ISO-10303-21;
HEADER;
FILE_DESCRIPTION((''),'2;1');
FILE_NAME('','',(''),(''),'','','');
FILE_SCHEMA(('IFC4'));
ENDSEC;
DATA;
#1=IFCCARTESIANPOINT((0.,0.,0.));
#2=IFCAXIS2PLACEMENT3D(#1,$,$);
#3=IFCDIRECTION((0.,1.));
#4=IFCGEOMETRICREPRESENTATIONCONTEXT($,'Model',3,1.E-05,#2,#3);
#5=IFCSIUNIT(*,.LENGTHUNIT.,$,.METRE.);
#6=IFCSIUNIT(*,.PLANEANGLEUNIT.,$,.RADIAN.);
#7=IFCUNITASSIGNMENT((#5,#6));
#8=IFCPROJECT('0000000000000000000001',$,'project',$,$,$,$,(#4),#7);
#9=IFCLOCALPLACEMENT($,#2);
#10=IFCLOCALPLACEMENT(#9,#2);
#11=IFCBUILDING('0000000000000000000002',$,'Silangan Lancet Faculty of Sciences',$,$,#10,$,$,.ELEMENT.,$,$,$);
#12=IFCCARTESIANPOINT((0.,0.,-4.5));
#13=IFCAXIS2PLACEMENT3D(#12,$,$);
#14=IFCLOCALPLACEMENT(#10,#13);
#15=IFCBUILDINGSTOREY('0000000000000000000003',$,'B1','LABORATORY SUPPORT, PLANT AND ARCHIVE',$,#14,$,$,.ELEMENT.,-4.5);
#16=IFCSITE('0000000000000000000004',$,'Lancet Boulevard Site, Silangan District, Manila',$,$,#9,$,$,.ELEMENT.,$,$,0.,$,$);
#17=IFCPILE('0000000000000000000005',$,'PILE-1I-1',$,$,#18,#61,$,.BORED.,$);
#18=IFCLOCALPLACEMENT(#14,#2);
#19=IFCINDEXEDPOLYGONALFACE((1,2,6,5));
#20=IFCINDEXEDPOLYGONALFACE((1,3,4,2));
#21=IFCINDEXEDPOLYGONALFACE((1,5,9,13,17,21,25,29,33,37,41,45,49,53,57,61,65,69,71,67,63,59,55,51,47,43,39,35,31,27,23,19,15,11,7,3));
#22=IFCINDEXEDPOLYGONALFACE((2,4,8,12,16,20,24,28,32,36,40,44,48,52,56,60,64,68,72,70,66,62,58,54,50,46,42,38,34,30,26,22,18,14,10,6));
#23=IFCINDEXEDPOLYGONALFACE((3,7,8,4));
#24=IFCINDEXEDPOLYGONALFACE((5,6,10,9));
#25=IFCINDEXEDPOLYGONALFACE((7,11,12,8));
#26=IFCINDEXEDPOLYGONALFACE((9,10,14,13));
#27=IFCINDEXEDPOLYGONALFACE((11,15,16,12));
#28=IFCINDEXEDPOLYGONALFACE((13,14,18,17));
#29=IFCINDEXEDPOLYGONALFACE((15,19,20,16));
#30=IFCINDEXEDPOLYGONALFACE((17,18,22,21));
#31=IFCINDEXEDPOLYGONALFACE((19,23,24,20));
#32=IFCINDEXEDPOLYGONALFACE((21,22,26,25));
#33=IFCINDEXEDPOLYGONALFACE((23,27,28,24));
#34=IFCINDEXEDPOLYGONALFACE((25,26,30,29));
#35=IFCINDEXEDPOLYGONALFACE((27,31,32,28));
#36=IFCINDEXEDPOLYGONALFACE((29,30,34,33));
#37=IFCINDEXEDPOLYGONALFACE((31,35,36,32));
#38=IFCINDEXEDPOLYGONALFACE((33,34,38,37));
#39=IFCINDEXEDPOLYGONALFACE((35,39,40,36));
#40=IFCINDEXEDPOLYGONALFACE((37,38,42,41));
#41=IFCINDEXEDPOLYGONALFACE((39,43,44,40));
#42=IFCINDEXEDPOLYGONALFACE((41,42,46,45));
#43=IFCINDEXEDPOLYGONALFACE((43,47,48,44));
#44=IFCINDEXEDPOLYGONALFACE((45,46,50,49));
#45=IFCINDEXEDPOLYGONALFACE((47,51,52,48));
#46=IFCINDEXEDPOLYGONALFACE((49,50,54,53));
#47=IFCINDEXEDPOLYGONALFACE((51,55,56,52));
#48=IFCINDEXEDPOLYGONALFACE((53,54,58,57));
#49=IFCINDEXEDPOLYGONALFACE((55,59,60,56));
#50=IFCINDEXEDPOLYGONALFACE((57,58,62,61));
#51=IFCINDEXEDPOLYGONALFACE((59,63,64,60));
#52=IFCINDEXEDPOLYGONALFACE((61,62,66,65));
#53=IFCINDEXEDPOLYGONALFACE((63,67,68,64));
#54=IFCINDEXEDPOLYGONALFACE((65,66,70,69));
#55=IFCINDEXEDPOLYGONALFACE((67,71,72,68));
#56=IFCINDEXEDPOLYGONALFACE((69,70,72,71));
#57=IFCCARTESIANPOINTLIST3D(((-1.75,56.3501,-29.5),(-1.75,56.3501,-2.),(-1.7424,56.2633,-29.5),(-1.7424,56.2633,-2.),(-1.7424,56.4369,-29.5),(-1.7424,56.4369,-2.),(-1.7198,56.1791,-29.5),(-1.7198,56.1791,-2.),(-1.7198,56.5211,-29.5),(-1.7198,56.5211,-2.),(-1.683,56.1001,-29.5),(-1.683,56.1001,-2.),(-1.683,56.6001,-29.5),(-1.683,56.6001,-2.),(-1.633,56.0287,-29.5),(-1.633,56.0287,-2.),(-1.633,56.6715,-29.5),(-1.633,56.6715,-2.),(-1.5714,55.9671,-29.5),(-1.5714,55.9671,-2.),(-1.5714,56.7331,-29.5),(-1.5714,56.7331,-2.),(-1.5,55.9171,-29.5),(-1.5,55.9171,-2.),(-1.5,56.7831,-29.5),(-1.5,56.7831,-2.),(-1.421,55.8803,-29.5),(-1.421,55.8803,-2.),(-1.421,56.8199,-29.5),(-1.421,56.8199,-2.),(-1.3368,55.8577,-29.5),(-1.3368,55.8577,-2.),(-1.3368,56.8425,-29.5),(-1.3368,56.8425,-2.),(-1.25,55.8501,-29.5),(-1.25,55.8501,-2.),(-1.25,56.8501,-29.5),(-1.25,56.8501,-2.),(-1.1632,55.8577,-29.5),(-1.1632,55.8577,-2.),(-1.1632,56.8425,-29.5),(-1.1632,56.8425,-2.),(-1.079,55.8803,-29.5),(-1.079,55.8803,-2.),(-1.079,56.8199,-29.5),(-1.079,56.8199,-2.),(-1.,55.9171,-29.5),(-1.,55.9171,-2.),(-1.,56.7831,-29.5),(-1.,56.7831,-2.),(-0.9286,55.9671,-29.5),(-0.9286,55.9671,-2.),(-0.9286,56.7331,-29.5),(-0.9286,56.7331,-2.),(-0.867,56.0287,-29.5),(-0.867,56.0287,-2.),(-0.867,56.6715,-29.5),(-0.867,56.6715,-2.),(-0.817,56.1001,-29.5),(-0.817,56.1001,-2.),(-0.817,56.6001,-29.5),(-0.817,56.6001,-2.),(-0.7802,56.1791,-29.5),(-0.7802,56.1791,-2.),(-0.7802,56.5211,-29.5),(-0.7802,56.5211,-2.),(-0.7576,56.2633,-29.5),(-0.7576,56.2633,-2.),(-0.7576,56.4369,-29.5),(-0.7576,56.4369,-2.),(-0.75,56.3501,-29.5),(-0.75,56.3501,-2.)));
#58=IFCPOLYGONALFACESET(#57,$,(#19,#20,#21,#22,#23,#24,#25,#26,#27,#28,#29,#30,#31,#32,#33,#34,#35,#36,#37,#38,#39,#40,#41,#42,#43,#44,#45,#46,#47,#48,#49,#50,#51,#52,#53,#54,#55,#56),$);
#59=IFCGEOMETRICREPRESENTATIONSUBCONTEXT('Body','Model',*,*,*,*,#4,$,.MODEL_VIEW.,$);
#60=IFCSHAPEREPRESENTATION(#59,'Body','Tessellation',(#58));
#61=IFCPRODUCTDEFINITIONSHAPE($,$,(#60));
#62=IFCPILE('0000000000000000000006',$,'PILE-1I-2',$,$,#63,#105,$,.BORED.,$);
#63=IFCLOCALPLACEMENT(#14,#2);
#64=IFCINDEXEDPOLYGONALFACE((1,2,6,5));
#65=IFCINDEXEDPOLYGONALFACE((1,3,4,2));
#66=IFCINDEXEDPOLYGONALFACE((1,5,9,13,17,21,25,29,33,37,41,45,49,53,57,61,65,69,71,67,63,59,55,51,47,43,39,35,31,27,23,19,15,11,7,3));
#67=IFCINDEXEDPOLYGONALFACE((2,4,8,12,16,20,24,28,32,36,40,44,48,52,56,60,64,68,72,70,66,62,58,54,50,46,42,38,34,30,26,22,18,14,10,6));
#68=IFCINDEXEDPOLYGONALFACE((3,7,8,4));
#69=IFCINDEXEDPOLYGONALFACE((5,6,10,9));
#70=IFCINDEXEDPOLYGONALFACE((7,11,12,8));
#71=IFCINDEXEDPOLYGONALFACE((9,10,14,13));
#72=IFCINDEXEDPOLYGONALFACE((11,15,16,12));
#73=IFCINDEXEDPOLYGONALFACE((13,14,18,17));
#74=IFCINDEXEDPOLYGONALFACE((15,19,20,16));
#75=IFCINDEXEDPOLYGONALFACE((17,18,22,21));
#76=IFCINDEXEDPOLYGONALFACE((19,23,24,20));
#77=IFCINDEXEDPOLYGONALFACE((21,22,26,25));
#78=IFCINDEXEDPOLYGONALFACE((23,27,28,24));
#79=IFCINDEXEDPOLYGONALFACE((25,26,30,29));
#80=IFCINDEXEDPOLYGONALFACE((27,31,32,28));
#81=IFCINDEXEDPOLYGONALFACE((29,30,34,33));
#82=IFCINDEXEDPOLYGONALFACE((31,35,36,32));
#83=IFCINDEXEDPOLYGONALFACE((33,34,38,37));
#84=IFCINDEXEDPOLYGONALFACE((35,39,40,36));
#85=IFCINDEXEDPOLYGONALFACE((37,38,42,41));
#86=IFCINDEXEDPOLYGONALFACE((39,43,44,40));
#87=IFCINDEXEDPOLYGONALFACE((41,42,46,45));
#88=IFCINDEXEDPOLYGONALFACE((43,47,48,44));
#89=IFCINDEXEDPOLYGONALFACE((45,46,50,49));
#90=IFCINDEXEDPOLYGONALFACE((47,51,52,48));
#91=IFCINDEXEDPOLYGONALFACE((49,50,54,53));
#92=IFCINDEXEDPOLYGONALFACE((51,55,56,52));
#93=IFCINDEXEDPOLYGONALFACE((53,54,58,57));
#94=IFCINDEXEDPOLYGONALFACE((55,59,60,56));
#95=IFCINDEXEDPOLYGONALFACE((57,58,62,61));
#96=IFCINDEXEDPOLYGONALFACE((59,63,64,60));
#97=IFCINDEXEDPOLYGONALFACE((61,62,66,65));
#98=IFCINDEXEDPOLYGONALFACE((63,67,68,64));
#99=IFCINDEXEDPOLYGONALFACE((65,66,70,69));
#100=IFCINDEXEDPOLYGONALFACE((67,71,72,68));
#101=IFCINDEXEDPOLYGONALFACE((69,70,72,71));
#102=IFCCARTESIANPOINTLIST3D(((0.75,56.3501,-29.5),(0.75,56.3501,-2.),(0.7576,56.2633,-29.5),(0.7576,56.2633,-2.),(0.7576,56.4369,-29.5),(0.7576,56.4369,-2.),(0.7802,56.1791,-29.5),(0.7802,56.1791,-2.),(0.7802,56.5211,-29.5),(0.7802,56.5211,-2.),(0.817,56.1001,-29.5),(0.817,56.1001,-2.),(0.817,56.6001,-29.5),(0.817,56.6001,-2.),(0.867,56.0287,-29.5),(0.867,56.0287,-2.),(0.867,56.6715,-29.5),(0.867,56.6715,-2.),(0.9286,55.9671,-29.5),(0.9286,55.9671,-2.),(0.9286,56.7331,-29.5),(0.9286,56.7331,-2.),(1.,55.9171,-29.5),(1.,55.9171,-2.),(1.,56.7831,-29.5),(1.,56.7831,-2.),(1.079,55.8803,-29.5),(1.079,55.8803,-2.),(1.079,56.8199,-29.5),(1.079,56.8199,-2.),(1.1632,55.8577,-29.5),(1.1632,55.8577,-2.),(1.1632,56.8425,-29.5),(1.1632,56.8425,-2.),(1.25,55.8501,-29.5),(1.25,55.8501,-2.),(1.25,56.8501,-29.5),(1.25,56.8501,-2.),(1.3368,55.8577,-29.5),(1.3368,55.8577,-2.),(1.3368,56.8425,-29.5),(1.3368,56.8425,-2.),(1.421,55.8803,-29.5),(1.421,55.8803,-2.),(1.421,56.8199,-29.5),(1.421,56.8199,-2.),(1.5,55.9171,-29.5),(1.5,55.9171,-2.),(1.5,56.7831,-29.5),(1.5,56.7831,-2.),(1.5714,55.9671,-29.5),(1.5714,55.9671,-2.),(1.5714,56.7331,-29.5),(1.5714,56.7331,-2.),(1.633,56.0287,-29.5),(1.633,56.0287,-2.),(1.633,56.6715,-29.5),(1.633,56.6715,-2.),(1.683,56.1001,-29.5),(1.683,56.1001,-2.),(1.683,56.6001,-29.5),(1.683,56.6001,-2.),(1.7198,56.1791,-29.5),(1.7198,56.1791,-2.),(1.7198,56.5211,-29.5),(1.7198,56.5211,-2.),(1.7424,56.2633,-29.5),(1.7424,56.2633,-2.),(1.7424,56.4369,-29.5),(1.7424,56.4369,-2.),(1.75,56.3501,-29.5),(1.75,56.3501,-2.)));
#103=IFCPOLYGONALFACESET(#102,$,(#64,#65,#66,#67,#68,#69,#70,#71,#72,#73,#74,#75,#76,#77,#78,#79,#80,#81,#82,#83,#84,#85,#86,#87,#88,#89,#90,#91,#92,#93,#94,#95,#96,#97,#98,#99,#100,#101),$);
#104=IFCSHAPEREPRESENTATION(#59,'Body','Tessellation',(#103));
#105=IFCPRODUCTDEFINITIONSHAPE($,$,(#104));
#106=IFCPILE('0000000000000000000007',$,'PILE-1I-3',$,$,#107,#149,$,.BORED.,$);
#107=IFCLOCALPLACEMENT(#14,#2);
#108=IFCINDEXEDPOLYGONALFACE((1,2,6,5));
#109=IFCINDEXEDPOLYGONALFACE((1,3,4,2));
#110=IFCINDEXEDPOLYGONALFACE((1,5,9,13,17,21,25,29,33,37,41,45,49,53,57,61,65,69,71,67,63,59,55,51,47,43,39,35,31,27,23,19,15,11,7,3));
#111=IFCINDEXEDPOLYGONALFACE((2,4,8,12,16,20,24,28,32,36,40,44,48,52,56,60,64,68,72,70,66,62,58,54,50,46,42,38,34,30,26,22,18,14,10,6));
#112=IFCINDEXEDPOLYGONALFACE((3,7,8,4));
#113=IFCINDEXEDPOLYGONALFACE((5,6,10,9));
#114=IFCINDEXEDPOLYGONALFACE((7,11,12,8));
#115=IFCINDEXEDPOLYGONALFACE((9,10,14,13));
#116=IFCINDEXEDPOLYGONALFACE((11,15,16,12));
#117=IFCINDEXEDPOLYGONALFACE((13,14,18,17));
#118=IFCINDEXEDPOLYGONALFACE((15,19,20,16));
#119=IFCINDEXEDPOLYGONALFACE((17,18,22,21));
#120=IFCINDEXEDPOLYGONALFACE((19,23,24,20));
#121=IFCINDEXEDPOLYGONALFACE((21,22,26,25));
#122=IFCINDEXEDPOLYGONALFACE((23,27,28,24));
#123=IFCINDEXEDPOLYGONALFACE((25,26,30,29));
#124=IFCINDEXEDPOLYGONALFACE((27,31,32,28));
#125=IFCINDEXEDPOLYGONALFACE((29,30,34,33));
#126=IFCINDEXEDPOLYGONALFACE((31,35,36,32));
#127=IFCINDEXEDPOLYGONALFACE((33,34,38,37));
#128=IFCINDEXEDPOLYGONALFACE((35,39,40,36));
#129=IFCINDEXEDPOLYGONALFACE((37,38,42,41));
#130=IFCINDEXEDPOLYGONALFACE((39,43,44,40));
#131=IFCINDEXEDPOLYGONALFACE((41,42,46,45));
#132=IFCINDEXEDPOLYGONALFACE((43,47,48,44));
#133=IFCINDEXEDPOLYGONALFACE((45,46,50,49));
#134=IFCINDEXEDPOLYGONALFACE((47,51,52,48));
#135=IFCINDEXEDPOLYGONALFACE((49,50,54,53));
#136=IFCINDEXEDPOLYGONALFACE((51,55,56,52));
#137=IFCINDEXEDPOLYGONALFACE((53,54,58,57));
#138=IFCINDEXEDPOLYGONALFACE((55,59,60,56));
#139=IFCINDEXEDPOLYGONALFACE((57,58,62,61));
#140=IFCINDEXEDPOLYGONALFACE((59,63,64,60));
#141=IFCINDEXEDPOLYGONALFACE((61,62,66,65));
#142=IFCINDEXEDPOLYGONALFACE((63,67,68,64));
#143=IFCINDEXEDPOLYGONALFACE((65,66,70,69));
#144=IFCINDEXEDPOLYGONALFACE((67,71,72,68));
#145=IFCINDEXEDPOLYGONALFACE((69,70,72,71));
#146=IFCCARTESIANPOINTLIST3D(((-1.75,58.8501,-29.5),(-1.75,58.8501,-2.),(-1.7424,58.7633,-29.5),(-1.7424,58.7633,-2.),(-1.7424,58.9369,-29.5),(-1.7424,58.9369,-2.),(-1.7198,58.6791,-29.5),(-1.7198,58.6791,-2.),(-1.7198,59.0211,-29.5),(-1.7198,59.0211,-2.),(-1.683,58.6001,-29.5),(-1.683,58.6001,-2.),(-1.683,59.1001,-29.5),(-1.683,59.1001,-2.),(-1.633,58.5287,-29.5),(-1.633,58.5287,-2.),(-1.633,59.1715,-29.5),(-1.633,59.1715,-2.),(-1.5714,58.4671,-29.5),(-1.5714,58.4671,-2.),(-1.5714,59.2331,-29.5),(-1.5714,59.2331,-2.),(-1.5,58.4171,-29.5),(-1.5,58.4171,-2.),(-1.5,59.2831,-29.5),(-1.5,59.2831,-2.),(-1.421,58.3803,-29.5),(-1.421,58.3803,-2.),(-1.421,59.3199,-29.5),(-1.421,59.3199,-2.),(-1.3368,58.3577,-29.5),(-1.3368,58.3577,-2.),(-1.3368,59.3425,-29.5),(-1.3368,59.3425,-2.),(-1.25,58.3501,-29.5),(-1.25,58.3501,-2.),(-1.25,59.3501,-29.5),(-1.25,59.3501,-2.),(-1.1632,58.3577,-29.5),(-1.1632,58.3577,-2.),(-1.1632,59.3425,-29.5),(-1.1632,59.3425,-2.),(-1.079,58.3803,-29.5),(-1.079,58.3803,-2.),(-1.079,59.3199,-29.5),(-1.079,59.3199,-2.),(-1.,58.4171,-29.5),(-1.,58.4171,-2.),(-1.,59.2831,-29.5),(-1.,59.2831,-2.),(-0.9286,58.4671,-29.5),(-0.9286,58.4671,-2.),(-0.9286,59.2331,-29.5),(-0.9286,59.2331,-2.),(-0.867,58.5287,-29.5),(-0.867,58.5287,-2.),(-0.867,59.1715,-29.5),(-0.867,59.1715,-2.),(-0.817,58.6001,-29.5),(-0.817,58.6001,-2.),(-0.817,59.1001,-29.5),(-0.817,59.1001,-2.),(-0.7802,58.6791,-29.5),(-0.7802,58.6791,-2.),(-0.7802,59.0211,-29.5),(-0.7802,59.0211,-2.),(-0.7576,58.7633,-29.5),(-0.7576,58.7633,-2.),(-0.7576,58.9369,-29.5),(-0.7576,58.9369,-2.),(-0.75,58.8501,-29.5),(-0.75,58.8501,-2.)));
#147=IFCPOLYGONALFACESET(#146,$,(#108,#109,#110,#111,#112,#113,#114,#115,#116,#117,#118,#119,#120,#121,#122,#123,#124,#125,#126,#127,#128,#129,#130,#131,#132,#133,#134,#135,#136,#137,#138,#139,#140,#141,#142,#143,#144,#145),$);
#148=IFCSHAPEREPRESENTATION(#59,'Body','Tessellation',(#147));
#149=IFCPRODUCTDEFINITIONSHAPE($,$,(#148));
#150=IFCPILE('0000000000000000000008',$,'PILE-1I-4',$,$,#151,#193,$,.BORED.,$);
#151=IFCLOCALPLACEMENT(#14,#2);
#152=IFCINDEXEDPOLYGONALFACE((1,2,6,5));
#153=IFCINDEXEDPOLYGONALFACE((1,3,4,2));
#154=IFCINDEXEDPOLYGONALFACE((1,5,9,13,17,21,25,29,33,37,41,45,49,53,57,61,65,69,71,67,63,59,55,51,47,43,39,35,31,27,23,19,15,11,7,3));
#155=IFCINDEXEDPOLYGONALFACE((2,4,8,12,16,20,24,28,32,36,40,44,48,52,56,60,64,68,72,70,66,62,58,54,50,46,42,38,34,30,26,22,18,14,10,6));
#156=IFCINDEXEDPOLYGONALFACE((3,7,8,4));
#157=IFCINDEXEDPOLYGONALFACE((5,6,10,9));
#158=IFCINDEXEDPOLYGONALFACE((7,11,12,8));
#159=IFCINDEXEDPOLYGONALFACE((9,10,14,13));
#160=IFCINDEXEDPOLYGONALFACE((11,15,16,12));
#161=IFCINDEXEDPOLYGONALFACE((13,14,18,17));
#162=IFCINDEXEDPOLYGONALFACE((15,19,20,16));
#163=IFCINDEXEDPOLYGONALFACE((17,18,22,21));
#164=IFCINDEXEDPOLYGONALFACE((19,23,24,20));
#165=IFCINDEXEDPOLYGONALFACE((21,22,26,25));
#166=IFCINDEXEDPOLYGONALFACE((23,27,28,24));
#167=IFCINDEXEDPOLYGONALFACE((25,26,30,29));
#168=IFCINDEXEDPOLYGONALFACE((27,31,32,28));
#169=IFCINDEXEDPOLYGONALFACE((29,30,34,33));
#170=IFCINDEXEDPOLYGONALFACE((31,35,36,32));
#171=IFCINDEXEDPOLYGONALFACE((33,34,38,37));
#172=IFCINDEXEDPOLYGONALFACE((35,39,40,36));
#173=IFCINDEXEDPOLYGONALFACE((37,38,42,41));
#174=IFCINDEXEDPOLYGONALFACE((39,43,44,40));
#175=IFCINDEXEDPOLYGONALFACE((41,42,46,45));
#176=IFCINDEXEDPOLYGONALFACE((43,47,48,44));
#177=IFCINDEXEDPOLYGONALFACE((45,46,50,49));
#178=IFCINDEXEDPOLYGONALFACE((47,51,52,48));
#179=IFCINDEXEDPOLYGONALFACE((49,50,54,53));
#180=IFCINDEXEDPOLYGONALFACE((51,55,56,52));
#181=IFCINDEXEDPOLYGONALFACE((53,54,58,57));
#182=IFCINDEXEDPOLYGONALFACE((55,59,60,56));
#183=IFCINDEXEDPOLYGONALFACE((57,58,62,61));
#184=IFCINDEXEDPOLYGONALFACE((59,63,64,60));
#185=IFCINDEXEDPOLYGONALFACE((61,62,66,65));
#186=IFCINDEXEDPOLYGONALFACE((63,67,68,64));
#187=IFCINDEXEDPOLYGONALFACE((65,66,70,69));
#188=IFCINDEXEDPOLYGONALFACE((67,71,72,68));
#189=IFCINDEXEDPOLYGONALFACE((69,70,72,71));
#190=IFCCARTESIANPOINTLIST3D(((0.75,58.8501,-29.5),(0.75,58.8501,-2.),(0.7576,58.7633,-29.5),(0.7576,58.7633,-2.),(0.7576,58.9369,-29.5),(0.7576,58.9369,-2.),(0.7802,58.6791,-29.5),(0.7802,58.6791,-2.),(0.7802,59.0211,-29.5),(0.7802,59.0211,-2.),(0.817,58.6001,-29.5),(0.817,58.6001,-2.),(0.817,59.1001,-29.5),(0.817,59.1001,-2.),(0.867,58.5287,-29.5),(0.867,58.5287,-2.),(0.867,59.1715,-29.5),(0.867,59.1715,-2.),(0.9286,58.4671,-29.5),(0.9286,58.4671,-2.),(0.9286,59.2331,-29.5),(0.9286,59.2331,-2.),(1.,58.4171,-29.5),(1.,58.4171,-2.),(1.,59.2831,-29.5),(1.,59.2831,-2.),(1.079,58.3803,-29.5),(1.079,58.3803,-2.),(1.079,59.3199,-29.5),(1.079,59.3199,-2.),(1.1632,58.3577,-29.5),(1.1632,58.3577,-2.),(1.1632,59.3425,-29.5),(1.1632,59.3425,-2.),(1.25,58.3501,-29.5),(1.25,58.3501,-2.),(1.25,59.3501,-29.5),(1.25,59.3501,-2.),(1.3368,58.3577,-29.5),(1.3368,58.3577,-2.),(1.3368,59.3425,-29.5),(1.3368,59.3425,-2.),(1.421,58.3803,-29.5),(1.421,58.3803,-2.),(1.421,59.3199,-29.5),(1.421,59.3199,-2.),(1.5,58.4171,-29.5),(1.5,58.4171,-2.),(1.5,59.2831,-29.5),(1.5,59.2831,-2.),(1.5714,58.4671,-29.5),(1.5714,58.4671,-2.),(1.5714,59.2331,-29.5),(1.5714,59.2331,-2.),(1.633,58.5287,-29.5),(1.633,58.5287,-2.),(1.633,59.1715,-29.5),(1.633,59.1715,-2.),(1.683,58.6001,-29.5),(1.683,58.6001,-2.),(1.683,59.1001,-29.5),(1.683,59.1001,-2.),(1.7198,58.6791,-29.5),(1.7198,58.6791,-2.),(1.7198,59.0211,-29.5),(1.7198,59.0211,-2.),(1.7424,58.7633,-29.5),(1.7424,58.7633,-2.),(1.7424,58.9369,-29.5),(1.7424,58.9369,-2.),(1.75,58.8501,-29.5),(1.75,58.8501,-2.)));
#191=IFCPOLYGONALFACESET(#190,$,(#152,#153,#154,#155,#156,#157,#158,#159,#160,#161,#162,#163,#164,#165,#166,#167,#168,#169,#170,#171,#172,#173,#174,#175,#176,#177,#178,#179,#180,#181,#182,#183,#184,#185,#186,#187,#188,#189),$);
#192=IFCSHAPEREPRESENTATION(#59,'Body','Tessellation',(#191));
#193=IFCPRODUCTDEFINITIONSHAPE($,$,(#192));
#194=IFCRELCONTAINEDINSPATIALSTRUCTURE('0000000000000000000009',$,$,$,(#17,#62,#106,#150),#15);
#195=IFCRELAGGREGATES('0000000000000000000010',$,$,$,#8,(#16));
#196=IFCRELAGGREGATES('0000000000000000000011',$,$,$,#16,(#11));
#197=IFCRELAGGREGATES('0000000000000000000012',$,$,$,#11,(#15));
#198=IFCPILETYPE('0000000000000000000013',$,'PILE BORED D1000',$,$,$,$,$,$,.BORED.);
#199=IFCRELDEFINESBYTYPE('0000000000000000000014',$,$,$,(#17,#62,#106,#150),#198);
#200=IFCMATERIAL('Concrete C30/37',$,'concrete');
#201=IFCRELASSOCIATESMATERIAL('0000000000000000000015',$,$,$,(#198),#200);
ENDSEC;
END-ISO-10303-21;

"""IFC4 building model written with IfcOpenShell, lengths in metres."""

from ifc_helpers import new_model, si_unit, direction, frame, origin, origin_2d, place, context, subcontext, project, spatial, circle, extrude, material, material_profile, profile_set, type_object, element, save


model = new_model("IFC4")

# Units and contexts
model_context = context("Model", 3, precision=1e-05, world=origin(), true_north=direction((0.0, 1.0)))
body_context = subcontext(model_context, "Body", "Model", "MODEL_VIEW")
ifc_project = project(units=[si_unit("LENGTHUNIT", "METRE"), si_unit("PLANEANGLEUNIT", "RADIAN")], contexts=[model_context])

# Site, building, storey
site_placement = place(None, origin())
site = spatial("IfcSite", under=ifc_project, at=site_placement, Name="Lancet Boulevard Site, Silangan District, Manila", CompositionType="ELEMENT", RefElevation=0.0)
building_placement = place(site_placement, origin())
building = spatial("IfcBuilding", under=site, at=building_placement, Name="Silangan Lancet Faculty of Sciences", CompositionType="ELEMENT")
storey_placement = place(building_placement, frame((0.0, 0.0, -4.5)))
storey = spatial("IfcBuildingStorey", under=building, at=storey_placement, Name="B1", Description="LABORATORY SUPPORT, PLANT AND ARCHIVE", CompositionType="ELEMENT", Elevation=-4.5)

# Piles
ifc_material_1 = material(Name="Concrete C30/37", Category="concrete")
ifc_material_profile_1 = material_profile(ifc_material_1, circle(Radius=0.5, at=origin_2d()), Name="BORED PILE D1000")
ifc_profile_set_1 = profile_set([ifc_material_profile_1], Name="Concrete C30/37")
pile_type_1 = type_object("IfcPileType", Name="PILE BORED D1000", PredefinedType="BORED", material=ifc_profile_set_1)
for number, where, z_axis, x_axis, name in (
    (1, (-1.25, 56.3501, -2.0), (0.0, 0.0, -1.0), (1.0, 0.0, 0.0), "PILE-1I-1"),
    (2, (1.25, 56.3501, -2.0), (0.0, 0.0, -1.0), (1.0, 0.0, 0.0), "PILE-1I-2"),
    (3, (-1.25, 58.8501, -2.0), (0.0, 0.0, -1.0), (1.0, 0.0, 0.0), "PILE-1I-3"),
    (4, (1.25, 58.8501, -2.0), (0.0, 0.0, -1.0), (1.0, 0.0, 0.0), "PILE-1I-4"),
):
    element("IfcPile", number, at=place(storey_placement, frame(where, z_axis=z_axis, x_axis=x_axis)), inside=storey, type_object=pile_type_1, Name=name, PredefinedType="BORED", context=body_context, shape_type="SweptSolid", body=[
        extrude(circle(Radius=0.5, at=origin_2d()), origin(), (0.0, 0.0, 1.0), 27.5),
    ])

save(model, "model.ifc")
